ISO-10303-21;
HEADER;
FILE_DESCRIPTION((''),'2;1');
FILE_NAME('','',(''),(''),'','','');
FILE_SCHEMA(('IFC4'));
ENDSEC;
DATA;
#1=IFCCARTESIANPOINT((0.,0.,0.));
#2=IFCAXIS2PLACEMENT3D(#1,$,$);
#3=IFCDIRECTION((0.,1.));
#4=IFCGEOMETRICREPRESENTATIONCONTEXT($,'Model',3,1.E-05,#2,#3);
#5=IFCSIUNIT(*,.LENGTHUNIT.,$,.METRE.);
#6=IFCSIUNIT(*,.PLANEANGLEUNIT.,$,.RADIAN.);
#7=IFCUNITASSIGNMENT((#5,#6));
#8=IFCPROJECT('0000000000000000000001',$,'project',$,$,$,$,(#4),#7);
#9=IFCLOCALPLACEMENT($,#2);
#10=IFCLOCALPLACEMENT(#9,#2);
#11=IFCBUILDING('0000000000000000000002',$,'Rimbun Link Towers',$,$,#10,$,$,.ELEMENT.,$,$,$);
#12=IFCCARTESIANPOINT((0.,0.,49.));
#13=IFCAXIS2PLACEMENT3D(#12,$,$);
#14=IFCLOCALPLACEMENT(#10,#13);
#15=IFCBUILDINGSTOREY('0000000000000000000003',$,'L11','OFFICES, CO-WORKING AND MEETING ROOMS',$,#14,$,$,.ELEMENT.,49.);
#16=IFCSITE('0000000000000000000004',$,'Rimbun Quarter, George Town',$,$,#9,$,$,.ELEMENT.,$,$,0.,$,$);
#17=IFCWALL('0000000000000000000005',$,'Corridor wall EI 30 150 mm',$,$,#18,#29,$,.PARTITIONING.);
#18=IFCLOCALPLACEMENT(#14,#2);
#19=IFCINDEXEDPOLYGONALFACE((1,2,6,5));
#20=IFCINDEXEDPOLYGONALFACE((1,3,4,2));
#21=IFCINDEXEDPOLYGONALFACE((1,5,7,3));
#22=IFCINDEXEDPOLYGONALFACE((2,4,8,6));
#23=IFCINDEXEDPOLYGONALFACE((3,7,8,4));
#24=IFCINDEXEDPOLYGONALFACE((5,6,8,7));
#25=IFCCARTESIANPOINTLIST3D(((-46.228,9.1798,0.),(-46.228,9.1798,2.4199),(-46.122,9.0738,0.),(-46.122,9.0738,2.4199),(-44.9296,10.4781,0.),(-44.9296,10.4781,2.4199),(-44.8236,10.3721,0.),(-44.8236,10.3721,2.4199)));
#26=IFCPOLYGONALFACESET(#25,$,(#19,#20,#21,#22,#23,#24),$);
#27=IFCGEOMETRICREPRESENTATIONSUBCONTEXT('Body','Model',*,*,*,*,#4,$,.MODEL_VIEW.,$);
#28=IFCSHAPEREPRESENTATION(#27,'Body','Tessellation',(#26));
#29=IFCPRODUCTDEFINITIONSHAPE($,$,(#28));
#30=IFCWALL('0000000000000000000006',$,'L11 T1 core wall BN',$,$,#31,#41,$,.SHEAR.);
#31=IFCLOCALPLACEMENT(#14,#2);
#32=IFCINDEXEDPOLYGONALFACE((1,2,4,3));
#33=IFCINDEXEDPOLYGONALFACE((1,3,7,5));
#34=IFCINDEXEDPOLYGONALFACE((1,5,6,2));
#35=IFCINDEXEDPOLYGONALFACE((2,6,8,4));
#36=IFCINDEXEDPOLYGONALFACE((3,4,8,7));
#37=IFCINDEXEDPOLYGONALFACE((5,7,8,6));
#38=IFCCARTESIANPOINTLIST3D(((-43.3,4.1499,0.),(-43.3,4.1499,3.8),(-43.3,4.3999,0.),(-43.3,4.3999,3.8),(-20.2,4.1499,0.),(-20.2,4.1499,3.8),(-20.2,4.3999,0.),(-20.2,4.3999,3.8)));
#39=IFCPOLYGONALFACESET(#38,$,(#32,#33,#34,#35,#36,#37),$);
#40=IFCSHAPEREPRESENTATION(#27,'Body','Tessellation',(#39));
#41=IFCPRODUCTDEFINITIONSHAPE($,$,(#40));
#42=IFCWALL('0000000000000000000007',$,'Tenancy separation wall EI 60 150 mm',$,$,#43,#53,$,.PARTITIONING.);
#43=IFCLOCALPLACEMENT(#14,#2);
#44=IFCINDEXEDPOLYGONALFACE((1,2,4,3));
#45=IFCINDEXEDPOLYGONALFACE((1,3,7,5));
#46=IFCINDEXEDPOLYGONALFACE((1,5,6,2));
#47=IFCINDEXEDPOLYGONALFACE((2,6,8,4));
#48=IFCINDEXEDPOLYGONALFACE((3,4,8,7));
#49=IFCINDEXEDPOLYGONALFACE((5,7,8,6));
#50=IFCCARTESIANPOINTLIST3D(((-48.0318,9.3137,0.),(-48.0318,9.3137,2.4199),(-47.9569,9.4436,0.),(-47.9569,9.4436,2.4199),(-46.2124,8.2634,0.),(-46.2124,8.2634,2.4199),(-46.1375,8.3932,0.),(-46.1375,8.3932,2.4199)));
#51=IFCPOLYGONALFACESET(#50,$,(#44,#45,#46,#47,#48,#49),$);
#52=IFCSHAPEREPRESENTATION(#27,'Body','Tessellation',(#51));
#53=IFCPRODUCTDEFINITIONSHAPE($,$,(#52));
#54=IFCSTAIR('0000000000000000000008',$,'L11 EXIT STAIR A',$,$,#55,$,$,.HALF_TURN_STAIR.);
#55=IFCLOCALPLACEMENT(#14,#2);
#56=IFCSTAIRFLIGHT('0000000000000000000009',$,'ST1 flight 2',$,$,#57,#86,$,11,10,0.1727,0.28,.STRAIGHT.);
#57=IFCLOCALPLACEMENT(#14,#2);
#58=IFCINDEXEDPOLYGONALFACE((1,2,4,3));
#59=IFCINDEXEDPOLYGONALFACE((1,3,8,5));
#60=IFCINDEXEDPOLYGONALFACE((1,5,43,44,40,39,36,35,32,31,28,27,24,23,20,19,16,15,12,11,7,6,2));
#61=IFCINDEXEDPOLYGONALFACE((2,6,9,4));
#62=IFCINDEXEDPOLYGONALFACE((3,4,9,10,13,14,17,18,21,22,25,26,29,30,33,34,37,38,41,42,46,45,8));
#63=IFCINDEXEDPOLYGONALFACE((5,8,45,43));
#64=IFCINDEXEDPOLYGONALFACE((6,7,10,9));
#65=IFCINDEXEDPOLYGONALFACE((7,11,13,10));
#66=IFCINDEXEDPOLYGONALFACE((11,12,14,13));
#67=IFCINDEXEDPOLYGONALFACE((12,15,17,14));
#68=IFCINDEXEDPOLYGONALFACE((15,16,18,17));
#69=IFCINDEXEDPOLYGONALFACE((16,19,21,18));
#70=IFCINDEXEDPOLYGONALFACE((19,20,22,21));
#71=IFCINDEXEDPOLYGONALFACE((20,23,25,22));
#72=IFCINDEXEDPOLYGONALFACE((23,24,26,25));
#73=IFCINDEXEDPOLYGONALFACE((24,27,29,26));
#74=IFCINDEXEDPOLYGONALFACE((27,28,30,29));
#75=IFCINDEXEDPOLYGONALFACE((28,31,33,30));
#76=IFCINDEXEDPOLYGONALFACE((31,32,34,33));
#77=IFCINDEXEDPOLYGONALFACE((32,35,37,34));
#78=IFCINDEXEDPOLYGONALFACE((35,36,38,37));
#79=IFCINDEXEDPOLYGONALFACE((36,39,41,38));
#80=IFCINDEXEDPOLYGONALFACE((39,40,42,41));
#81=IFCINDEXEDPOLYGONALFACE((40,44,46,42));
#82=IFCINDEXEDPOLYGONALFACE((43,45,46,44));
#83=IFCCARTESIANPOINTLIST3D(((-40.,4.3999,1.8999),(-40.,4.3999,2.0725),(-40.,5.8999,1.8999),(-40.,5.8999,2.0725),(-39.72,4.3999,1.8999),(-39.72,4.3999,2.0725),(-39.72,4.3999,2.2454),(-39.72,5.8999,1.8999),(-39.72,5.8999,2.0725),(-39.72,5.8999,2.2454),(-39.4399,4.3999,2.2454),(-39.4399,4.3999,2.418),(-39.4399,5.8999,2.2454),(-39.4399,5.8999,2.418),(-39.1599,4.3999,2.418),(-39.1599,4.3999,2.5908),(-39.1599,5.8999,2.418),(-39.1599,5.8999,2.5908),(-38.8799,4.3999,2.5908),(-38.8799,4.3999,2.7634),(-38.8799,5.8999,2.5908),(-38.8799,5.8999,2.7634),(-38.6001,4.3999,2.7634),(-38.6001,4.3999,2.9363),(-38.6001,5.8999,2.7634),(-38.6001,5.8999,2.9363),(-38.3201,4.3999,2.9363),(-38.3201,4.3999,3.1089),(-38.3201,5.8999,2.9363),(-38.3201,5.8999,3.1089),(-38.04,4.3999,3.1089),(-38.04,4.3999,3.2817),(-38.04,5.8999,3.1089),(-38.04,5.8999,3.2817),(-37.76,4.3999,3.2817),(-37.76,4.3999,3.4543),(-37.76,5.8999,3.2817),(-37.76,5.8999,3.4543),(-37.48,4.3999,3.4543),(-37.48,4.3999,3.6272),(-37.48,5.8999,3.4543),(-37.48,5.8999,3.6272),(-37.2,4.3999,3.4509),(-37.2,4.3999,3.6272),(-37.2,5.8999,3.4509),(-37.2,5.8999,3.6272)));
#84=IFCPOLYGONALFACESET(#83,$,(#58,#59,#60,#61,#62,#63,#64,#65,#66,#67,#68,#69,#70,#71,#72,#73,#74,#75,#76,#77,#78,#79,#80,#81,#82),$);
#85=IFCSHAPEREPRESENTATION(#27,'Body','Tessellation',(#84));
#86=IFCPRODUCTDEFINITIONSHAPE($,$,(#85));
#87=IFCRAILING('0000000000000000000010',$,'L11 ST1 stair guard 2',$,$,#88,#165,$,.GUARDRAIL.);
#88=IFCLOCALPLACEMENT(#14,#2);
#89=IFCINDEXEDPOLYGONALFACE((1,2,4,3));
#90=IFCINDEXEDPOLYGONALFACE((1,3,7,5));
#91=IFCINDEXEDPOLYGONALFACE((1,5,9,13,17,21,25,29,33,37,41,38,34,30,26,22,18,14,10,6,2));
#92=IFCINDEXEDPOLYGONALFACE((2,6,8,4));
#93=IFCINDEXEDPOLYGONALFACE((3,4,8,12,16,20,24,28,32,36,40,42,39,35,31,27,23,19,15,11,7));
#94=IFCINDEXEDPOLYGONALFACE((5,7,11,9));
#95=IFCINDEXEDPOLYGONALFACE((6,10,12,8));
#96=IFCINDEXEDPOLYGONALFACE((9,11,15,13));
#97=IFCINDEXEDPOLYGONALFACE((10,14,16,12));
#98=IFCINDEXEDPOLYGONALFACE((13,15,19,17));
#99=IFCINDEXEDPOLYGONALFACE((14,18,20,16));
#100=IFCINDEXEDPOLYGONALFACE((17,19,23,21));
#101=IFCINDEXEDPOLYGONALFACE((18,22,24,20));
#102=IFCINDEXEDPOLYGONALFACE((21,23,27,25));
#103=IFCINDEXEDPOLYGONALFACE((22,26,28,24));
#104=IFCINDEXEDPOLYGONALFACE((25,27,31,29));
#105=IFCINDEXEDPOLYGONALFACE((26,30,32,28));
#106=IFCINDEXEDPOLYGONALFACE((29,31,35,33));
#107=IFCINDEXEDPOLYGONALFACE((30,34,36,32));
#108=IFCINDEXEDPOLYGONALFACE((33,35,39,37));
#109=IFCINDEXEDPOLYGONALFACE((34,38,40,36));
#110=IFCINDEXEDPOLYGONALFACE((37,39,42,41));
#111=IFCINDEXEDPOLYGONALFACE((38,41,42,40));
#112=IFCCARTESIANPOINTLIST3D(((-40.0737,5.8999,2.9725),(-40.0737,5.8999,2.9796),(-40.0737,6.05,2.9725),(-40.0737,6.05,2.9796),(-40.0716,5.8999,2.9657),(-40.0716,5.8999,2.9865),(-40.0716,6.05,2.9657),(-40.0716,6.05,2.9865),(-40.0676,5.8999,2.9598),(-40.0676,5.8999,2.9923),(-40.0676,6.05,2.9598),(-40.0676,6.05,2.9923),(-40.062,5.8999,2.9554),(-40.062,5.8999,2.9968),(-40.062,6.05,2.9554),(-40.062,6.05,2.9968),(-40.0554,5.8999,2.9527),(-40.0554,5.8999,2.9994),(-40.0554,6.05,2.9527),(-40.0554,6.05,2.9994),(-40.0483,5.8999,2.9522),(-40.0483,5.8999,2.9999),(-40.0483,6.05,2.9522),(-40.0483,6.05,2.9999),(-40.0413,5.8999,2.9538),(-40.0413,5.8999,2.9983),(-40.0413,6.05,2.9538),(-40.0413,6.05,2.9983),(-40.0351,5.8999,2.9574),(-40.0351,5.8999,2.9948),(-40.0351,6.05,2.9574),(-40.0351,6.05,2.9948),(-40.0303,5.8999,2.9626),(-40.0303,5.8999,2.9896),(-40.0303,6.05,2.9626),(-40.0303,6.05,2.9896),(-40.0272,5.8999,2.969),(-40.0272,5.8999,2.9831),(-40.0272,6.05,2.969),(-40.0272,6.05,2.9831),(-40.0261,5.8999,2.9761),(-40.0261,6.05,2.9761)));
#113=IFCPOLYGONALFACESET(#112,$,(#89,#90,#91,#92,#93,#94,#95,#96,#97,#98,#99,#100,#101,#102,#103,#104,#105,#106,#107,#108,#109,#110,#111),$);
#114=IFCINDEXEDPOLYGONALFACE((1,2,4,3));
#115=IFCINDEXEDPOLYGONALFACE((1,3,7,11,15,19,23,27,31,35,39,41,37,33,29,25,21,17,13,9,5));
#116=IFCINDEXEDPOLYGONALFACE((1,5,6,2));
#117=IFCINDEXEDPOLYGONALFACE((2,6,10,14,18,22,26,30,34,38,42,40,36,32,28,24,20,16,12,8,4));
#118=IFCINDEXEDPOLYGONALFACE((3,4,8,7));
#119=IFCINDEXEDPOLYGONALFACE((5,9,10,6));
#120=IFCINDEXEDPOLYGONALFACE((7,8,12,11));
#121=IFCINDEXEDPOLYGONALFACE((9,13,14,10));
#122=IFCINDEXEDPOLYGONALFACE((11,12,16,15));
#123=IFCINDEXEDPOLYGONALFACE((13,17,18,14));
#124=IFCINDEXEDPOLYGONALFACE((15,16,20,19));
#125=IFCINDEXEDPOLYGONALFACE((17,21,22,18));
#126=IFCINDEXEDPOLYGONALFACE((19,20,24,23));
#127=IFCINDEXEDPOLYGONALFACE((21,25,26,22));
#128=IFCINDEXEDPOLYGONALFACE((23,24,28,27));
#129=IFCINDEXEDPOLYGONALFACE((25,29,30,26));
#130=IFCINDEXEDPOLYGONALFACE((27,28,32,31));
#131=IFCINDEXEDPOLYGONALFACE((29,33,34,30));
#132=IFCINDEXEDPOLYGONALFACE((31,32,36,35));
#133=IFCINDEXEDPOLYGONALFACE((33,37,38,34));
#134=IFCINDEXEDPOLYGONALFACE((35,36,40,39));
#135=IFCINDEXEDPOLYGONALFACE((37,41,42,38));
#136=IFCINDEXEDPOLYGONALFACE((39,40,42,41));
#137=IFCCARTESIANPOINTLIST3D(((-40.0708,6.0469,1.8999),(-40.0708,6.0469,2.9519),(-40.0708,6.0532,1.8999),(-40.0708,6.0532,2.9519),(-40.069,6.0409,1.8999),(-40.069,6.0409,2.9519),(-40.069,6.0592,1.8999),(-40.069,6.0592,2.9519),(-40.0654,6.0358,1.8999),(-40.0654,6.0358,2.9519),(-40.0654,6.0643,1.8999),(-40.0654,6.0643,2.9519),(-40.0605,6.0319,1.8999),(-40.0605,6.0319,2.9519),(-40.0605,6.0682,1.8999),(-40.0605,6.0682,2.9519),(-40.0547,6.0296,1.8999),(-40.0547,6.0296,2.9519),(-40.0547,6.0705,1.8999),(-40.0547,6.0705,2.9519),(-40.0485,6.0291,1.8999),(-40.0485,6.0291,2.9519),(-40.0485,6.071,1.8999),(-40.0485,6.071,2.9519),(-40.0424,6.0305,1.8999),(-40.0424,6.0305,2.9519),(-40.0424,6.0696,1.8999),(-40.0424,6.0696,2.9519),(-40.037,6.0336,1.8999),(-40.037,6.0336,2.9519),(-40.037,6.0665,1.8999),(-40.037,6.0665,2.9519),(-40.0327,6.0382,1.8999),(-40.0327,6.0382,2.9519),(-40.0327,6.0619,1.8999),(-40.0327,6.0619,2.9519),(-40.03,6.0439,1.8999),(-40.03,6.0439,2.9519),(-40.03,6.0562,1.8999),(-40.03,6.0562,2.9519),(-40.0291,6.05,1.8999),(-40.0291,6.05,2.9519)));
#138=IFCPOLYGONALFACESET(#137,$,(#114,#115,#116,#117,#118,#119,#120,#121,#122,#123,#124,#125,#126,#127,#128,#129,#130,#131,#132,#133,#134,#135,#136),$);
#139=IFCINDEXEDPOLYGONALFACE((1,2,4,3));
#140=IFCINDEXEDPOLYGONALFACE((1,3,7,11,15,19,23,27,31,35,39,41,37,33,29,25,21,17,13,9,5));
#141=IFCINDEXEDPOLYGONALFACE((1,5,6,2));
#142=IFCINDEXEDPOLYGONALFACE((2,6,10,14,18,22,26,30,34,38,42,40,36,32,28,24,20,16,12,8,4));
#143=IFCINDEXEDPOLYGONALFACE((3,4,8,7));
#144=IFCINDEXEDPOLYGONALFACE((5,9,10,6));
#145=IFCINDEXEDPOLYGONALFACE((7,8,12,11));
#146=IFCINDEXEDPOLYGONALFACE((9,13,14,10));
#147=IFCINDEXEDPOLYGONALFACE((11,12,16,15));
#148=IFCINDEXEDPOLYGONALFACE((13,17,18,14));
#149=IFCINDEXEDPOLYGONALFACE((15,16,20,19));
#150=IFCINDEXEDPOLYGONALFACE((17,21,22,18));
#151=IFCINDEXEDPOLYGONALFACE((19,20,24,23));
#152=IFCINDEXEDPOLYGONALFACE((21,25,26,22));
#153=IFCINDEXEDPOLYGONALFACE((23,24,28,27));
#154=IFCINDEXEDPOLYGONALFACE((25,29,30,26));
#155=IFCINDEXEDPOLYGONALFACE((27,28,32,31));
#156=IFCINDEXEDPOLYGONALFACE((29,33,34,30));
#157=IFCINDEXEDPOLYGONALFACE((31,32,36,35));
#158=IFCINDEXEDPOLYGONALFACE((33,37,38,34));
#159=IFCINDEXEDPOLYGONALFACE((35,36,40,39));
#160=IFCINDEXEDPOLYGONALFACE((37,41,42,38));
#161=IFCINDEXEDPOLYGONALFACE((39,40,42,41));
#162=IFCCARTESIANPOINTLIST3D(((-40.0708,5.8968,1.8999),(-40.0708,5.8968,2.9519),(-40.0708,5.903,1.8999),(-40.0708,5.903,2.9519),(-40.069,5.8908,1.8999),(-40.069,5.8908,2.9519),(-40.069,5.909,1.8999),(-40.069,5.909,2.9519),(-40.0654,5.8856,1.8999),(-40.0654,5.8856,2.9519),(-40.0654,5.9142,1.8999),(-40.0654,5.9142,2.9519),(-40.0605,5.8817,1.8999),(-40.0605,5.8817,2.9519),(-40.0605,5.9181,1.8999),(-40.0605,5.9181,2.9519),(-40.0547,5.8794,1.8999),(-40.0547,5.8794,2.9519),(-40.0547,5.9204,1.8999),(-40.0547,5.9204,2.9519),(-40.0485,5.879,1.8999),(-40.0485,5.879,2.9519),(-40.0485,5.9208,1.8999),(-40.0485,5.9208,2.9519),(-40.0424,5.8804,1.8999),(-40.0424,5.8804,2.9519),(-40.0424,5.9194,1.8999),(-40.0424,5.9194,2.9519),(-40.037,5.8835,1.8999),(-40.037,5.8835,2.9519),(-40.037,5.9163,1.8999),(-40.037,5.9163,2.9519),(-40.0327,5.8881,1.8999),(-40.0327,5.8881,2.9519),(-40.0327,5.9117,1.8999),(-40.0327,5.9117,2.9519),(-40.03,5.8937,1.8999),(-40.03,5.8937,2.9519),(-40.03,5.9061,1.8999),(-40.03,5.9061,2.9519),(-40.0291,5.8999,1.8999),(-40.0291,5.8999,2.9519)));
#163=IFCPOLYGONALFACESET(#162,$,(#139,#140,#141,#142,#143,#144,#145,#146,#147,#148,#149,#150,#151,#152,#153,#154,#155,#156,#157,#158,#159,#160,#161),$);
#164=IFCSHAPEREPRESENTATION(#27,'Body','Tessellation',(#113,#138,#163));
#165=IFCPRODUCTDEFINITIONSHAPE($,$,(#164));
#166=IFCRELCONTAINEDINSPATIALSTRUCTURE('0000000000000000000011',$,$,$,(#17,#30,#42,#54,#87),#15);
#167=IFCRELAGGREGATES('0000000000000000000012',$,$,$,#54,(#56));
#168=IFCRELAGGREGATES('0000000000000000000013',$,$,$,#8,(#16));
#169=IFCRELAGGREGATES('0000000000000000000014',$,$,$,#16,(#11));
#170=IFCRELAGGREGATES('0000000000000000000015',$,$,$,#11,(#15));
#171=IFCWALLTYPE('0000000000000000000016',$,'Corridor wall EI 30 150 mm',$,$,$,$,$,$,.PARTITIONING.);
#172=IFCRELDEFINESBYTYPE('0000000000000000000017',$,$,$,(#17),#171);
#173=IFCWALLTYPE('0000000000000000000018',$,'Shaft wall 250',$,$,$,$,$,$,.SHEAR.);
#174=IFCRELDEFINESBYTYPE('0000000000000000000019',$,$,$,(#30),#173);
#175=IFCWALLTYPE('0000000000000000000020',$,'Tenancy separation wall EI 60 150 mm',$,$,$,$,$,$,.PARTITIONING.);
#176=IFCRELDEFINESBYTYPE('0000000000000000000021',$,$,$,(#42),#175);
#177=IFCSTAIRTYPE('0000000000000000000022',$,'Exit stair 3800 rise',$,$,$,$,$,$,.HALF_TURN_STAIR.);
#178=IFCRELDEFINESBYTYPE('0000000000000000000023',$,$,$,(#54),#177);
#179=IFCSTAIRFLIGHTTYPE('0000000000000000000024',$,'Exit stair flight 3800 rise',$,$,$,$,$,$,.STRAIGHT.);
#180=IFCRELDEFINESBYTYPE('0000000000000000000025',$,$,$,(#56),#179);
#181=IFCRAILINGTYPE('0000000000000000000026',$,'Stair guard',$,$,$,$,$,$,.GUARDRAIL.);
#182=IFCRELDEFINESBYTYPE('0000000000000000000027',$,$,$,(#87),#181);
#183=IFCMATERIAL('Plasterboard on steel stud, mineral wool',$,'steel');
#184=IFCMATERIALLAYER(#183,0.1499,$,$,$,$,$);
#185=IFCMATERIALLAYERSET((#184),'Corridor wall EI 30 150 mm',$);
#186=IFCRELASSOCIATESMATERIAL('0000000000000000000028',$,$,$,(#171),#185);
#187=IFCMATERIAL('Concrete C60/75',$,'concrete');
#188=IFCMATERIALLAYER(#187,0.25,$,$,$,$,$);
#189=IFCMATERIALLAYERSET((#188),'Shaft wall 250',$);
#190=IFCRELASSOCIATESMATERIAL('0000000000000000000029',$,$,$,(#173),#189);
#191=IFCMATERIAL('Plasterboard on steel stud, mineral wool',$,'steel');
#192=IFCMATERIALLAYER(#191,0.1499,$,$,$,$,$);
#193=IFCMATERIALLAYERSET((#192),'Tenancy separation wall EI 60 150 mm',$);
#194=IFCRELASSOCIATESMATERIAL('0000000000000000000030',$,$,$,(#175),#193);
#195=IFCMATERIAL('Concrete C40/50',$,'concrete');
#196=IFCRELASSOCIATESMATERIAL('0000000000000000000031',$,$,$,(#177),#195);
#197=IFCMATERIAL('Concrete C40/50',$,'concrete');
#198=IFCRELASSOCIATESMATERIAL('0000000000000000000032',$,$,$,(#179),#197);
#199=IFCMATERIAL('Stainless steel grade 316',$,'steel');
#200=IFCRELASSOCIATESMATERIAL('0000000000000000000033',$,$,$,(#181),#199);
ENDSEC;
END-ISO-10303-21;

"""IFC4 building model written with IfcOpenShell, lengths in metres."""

from ifc_helpers import new_model, si_unit, direction, frame, frame_2d, origin, origin_2d, place, context, subcontext, project, spatial, polyline, rectangle, circle, outline, extrude, material, layer, layer_set, type_object, element, aggregate, save


model = new_model("IFC4")

# Units and contexts
model_context = context("Model", 3, precision=1e-05, world=origin(), true_north=direction((0.0, 1.0)))
body_context = subcontext(model_context, "Body", "Model", "MODEL_VIEW")
ifc_project = project(units=[si_unit("LENGTHUNIT", "METRE"), si_unit("PLANEANGLEUNIT", "RADIAN")], contexts=[model_context])

# Site, building, storey
site_placement = place(None, origin())
site = spatial("IfcSite", under=ifc_project, at=site_placement, Name="Rimbun Quarter, George Town", CompositionType="ELEMENT", RefElevation=0.0)
building_placement = place(site_placement, origin())
building = spatial("IfcBuilding", under=site, at=building_placement, Name="Rimbun Link Towers", CompositionType="ELEMENT")
storey_placement = place(building_placement, frame((0.0, 0.0, 49.0)))
storey = spatial("IfcBuildingStorey", under=building, at=storey_placement, Name="L11", Description="OFFICES, CO-WORKING AND MEETING ROOMS", CompositionType="ELEMENT", Elevation=49.0)

# Shared definitions
ifc_material_1 = material(Name="Plasterboard on steel stud, mineral wool", Category="steel")
ifc_layer_1 = layer(ifc_material_1, 0.1499)
ifc_layer_set_1 = layer_set([ifc_layer_1], Name="Corridor wall EI 30 150 mm")
wall_type_1 = type_object("IfcWallType", Name="Corridor wall EI 30 150 mm", PredefinedType="PARTITIONING", material=ifc_layer_set_1)

# Walls
wall_1_placement = place(storey_placement, frame((-44.8767, 10.425, 0.0), z_axis=(0.0, 0.0, 1.0), x_axis=(-0.707107, -0.707107, 0.0)))
element("IfcWall", 1, at=wall_1_placement, inside=storey, type_object=wall_type_1, Name="Corridor wall EI 30 150 mm", PredefinedType="PARTITIONING", context=body_context, shape_type="SweptSolid", body=[
    extrude(rectangle(XDim=1.8362, YDim=0.1499, at=frame_2d((0.918, 0.0))), origin(), (0.0, 0.0, 1.0), 2.4199),
])
ifc_material_2 = material(Name="Concrete C60/75", Category="concrete")
ifc_layer_2 = layer(ifc_material_2, 0.25)
ifc_layer_set_2 = layer_set([ifc_layer_2], Name="Shaft wall 250")
wall_type_2 = type_object("IfcWallType", Name="Shaft wall 250", PredefinedType="SHEAR", material=ifc_layer_set_2)
wall_2_placement = place(storey_placement, frame((-43.3, 4.2749, 0.0), z_axis=(0.0, 0.0, 1.0), x_axis=(1.0, 0.0, 0.0)))
element("IfcWall", 2, at=wall_2_placement, inside=storey, type_object=wall_type_2, Name="L11 T1 core wall BN", PredefinedType="SHEAR", context=body_context, shape_type="SweptSolid", body=[
    extrude(rectangle(XDim=23.1001, YDim=0.25, at=frame_2d((11.55, 0.0))), origin(), (0.0, 0.0, 1.0), 3.8),
])
ifc_material_3 = material(Name="Plasterboard on steel stud, mineral wool", Category="steel")
ifc_layer_3 = layer(ifc_material_3, 0.1499)
ifc_layer_set_3 = layer_set([ifc_layer_3], Name="Tenancy separation wall EI 60 150 mm")
wall_type_3 = type_object("IfcWallType", Name="Tenancy separation wall EI 60 150 mm", PredefinedType="PARTITIONING", material=ifc_layer_set_3)
wall_3_placement = place(storey_placement, frame((-46.175, 8.3284, 0.0), z_axis=(0.0, 0.0, 1.0), x_axis=(-0.866046, 0.499964, 0.0)))
element("IfcWall", 3, at=wall_3_placement, inside=storey, type_object=wall_type_3, Name="Tenancy separation wall EI 60 150 mm", PredefinedType="PARTITIONING", context=body_context, shape_type="SweptSolid", body=[
    extrude(rectangle(XDim=2.1008, YDim=0.1499, at=frame_2d((1.0503, 0.0))), origin(), (0.0, 0.0, 1.0), 2.4199),
])

# Stair, stair flight
ifc_material_4 = material(Name="Concrete C40/50", Category="concrete")
stair_type = type_object("IfcStairType", Name="Exit stair 3800 rise", PredefinedType="HALF_TURN_STAIR", material=ifc_material_4)
stair_placement = place(storey_placement, origin())
stair = element("IfcStair", 4, at=stair_placement, inside=storey, type_object=stair_type, Name="L11 EXIT STAIR A", PredefinedType="HALF_TURN_STAIR")
ifc_material_5 = material(Name="Concrete C40/50", Category="concrete")
stair_flight_type = type_object("IfcStairFlightType", Name="Exit stair flight 3800 rise", PredefinedType="STRAIGHT", material=ifc_material_5)
stair_flight_placement = place(storey_placement, frame((-40.0, 5.1499, 1.8999), z_axis=(0.0, 0.0, 1.0), x_axis=(1.0, 0.0, 0.0)))
stair_flight = element("IfcStairFlight", 5, at=stair_flight_placement, type_object=stair_flight_type, Name="ST1 flight 2", NumberOfRisers=11, NumberOfTreads=10, PredefinedType="STRAIGHT", RiserHeight=0.1727, TreadLength=0.28, context=body_context, shape_type="SweptSolid", body=[
    extrude(outline(polyline([(0.0, 0.0), (0.0, 0.1726), (0.28, 0.1726), (0.28, 0.3455), (0.5601, 0.3455), (0.5601, 0.5181), (0.8401, 0.5181), (0.8401, 0.6909), (1.1201, 0.6909), (1.1201, 0.8635), (1.3999, 0.8635), (1.3999, 1.0364), (1.6799, 1.0364), (1.6799, 1.209), (1.96, 1.209), (1.96, 1.3818), (2.24, 1.3818), (2.24, 1.5544), (2.52, 1.5544), (2.52, 1.7273), (2.8, 1.7273), (2.8, 1.8999), (2.8, 1.551), (0.28, 0.0), (0.0, 0.0)])), frame((0.0, 0.75, 0.0), z_axis=(0.0, -1.0, 0.0), x_axis=(1.0, 0.0, 0.0)), (0.0, 0.0, 1.0), 1.5),
])
aggregate(stair, [stair_flight])

# Railing
ifc_material_6 = material(Name="Stainless steel grade 316", Category="steel")
railing_type_1 = type_object("IfcRailingType", Name="Stair guard", PredefinedType="GUARDRAIL", material=ifc_material_6)
railing_1_placement = place(storey_placement, frame((-40.05, 6.05, 1.8999)))
element("IfcRailing", 6, at=railing_1_placement, inside=storey, type_object=railing_type_1, Name="L11 ST1 stair guard 2", PredefinedType="GUARDRAIL", context=body_context, shape_type="SweptSolid", body=[
    extrude(circle(Radius=0.0239, at=origin_2d()), frame((0.0, 0.0, 1.0762), z_axis=(0.0, -1.0, 0.0), x_axis=(1.0, 0.0, 0.0)), (0.0, 0.0, 1.0), 0.1501),
    extrude(circle(Radius=0.021, at=origin_2d()), origin(), (0.0, 0.0, 1.0), 1.052),
    extrude(circle(Radius=0.021, at=origin_2d()), frame((0.0, -0.1501, 0.0)), (0.0, 0.0, 1.0), 1.052),
])

save(model, "model.ifc")
